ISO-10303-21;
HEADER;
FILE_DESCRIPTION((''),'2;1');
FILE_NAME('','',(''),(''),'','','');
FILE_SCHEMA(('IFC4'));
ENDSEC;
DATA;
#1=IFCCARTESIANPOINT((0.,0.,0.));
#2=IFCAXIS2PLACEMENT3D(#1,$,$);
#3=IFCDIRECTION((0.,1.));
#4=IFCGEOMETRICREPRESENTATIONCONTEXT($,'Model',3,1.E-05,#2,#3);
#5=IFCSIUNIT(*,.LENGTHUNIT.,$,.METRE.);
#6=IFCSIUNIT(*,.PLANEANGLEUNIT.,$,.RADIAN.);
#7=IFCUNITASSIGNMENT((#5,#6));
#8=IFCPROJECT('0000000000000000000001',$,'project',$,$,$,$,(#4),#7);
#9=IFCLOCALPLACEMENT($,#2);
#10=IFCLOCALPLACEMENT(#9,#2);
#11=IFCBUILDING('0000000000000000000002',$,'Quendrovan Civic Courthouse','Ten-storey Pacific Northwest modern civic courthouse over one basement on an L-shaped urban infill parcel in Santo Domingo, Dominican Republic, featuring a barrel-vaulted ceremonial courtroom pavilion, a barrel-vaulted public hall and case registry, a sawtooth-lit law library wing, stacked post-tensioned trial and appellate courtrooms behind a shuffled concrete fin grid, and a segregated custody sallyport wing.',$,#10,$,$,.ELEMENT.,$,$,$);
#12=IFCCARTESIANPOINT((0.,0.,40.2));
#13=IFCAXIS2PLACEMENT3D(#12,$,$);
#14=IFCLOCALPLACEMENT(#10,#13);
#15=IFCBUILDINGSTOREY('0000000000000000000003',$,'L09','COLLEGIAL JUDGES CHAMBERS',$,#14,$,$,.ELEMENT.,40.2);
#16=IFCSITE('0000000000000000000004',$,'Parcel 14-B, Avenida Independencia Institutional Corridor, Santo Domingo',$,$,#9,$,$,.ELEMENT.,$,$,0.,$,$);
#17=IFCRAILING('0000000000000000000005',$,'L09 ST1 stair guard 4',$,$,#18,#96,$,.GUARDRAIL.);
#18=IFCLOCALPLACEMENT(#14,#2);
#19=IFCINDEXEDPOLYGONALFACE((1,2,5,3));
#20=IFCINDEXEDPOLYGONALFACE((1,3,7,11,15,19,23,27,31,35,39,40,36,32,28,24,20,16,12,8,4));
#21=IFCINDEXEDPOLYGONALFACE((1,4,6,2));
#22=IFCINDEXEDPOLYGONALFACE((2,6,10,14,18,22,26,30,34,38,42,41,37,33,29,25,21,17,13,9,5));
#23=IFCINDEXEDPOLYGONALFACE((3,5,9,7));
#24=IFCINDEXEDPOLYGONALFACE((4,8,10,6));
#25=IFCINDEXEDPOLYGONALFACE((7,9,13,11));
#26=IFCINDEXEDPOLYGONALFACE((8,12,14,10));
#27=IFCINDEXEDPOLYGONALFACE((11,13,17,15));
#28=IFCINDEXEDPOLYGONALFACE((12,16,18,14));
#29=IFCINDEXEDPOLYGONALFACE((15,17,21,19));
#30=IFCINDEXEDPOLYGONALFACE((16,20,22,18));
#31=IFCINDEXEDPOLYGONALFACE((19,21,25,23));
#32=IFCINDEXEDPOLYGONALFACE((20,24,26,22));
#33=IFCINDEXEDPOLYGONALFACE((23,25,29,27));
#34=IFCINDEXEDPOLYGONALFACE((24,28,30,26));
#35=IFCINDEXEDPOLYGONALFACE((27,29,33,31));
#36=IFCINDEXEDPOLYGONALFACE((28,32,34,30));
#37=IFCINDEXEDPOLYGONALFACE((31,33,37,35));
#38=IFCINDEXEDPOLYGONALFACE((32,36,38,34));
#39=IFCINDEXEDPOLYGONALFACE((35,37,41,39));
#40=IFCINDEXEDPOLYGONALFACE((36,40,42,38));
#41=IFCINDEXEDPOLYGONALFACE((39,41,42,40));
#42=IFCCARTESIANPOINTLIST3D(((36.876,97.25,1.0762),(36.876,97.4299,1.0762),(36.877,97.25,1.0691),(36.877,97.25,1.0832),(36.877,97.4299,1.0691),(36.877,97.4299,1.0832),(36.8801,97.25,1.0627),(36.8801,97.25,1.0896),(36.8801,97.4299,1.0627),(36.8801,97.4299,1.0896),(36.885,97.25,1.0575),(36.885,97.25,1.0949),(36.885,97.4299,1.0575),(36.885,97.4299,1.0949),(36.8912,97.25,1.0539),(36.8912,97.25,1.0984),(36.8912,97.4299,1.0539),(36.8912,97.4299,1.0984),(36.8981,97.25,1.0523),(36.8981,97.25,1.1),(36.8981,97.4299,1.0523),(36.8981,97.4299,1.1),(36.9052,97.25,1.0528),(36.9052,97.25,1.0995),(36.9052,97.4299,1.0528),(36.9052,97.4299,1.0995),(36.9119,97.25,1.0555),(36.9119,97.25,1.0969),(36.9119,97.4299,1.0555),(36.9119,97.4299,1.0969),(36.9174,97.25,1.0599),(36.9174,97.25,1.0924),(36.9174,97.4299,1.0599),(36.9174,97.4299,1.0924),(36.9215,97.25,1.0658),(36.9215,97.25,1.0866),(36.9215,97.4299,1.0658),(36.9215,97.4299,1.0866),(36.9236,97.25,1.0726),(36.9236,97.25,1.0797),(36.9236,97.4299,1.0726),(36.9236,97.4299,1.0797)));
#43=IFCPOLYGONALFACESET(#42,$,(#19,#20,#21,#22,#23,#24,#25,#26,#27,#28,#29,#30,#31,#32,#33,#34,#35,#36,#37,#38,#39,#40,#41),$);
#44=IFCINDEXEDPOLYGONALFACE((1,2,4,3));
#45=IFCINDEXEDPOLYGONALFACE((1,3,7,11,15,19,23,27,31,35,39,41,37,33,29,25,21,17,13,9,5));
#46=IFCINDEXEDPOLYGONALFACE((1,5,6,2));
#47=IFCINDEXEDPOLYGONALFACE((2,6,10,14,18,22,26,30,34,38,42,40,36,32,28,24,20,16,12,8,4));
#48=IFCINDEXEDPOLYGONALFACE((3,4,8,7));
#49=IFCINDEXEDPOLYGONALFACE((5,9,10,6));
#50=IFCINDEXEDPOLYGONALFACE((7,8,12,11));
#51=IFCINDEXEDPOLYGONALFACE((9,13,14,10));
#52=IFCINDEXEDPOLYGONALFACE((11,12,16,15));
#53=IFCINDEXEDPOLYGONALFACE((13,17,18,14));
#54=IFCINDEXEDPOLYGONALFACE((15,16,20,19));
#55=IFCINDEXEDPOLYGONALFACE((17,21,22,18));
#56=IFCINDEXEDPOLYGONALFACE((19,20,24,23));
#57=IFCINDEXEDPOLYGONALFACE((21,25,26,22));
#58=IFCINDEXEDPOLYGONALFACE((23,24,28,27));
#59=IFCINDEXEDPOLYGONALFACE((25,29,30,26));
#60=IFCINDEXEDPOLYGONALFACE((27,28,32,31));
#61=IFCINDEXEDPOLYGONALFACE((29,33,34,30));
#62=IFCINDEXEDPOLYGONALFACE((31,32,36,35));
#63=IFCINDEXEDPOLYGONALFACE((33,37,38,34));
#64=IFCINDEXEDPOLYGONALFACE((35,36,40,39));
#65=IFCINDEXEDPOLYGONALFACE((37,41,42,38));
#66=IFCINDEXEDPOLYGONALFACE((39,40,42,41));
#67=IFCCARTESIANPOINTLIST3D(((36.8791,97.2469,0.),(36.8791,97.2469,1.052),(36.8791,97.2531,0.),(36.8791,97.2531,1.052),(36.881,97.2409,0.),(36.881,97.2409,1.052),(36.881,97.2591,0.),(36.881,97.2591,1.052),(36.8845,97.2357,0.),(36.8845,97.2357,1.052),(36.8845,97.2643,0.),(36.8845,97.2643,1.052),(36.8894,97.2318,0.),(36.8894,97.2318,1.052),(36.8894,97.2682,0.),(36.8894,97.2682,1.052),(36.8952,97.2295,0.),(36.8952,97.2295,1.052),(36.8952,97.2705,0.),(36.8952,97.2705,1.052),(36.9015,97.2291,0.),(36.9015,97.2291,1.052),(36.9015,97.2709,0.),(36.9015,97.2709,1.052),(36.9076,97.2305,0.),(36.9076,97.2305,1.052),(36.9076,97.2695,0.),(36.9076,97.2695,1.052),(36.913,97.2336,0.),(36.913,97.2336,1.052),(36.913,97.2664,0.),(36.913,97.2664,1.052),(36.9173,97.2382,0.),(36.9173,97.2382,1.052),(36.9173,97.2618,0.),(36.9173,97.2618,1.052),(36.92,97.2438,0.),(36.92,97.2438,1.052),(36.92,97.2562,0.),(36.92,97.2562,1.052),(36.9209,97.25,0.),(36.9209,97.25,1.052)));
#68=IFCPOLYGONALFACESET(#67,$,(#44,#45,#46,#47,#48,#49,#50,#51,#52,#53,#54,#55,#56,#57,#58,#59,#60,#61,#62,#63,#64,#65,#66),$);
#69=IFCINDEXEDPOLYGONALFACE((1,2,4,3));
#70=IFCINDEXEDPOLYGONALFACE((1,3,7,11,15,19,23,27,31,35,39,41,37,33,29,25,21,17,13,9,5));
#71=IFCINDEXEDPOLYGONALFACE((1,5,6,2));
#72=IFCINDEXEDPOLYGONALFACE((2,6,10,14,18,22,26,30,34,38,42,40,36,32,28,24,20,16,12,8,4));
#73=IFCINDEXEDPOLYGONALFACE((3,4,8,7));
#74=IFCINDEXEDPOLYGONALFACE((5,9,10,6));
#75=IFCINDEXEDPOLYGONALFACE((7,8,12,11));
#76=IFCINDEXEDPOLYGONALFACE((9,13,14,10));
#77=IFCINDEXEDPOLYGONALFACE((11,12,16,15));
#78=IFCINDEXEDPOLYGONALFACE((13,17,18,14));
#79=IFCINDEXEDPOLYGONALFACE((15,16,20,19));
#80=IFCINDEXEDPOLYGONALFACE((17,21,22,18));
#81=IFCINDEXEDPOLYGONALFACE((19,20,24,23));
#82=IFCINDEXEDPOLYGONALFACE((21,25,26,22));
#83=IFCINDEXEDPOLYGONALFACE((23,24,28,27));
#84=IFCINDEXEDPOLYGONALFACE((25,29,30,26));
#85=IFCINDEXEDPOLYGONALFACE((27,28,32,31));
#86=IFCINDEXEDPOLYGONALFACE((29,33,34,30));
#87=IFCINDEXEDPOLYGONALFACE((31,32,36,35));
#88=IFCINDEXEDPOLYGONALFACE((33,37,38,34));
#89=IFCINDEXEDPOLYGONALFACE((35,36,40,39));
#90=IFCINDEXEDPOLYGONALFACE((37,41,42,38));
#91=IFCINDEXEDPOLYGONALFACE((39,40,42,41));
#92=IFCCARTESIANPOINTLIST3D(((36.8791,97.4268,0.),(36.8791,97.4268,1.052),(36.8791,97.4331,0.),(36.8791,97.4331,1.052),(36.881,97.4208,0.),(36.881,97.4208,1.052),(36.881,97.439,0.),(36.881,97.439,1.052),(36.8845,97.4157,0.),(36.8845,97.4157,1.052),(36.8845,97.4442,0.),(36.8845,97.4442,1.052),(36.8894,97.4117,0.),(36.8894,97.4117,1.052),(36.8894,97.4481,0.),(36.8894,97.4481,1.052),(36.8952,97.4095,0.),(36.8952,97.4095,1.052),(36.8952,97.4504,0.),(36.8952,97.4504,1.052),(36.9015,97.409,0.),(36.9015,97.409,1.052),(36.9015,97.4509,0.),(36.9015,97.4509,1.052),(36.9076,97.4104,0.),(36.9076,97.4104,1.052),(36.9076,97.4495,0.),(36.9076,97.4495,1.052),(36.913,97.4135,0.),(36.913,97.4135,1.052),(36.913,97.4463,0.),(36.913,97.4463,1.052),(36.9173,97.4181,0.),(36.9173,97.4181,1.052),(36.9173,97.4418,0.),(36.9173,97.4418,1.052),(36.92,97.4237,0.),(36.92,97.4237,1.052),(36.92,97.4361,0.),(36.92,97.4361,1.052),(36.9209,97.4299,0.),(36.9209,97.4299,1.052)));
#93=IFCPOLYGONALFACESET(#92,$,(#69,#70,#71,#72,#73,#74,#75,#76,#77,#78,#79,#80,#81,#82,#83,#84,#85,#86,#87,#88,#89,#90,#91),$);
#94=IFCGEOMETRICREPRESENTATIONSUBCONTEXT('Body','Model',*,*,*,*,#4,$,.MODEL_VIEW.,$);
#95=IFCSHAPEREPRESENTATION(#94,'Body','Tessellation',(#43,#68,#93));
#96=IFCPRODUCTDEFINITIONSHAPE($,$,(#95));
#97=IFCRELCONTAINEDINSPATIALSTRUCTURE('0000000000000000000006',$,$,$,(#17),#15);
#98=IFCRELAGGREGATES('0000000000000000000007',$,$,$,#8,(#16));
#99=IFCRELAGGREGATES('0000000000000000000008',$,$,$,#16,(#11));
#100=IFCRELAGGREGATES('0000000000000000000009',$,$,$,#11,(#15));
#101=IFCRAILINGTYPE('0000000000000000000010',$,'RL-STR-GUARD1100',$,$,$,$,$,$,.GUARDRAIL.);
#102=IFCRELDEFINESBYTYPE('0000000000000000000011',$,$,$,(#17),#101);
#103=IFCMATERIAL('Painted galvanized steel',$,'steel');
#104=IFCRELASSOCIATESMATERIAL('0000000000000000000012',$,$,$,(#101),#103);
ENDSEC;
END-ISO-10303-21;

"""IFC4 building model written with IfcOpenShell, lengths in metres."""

from ifc_helpers import new_model, si_unit, direction, frame, origin, origin_2d, place, context, subcontext, project, spatial, circle, extrude, material, type_object, element, save


model = new_model("IFC4")

# Units and contexts
model_context = context("Model", 3, precision=1e-05, world=origin(), true_north=direction((0.0, 1.0)))
body_context = subcontext(model_context, "Body", "Model", "MODEL_VIEW")
ifc_project = project(units=[si_unit("LENGTHUNIT", "METRE"), si_unit("PLANEANGLEUNIT", "RADIAN")], contexts=[model_context])

# Site, building, storey
site_placement = place(None, origin())
site = spatial("IfcSite", under=ifc_project, at=site_placement, Name="Parcel 14-B, Avenida Independencia Institutional Corridor, Santo Domingo", CompositionType="ELEMENT", RefElevation=0.0)
building_placement = place(site_placement, origin())
building = spatial("IfcBuilding", under=site, at=building_placement, Name="Quendrovan Civic Courthouse", Description="Ten-storey Pacific Northwest modern civic courthouse over one basement on an L-shaped urban infill parcel in Santo Domingo, Dominican Republic, featuring a barrel-vaulted ceremonial courtroom pavilion, a barrel-vaulted public hall and case registry, a sawtooth-lit law library wing, stacked post-tensioned trial and appellate courtrooms behind a shuffled concrete fin grid, and a segregated custody sallyport wing.", CompositionType="ELEMENT")
storey_placement = place(building_placement, frame((0.0, 0.0, 40.2)))
storey = spatial("IfcBuildingStorey", under=building, at=storey_placement, Name="L09", Description="COLLEGIAL JUDGES CHAMBERS", CompositionType="ELEMENT", Elevation=40.2)

# Railing
ifc_material_1 = material(Name="Painted galvanized steel", Category="steel")
railing_type_1 = type_object("IfcRailingType", Name="RL-STR-GUARD1100", PredefinedType="GUARDRAIL", material=ifc_material_1)
railing_1_placement = place(storey_placement, frame((36.8999, 97.25, 0.0)))
element("IfcRailing", 1, at=railing_1_placement, inside=storey, type_object=railing_type_1, Name="L09 ST1 stair guard 4", PredefinedType="GUARDRAIL", context=body_context, shape_type="SweptSolid", body=[
    extrude(circle(Radius=0.0239, at=origin_2d()), frame((0.0, 0.0, 1.0762), z_axis=(0.0, 1.0, 0.0), x_axis=(-1.0, 0.0, 0.0)), (0.0, 0.0, 1.0), 0.1799),
    extrude(circle(Radius=0.021, at=origin_2d()), origin(), (0.0, 0.0, 1.0), 1.052),
    extrude(circle(Radius=0.021, at=origin_2d()), frame((0.0, 0.1799, 0.0)), (0.0, 0.0, 1.0), 1.052),
])

save(model, "model.ifc")
